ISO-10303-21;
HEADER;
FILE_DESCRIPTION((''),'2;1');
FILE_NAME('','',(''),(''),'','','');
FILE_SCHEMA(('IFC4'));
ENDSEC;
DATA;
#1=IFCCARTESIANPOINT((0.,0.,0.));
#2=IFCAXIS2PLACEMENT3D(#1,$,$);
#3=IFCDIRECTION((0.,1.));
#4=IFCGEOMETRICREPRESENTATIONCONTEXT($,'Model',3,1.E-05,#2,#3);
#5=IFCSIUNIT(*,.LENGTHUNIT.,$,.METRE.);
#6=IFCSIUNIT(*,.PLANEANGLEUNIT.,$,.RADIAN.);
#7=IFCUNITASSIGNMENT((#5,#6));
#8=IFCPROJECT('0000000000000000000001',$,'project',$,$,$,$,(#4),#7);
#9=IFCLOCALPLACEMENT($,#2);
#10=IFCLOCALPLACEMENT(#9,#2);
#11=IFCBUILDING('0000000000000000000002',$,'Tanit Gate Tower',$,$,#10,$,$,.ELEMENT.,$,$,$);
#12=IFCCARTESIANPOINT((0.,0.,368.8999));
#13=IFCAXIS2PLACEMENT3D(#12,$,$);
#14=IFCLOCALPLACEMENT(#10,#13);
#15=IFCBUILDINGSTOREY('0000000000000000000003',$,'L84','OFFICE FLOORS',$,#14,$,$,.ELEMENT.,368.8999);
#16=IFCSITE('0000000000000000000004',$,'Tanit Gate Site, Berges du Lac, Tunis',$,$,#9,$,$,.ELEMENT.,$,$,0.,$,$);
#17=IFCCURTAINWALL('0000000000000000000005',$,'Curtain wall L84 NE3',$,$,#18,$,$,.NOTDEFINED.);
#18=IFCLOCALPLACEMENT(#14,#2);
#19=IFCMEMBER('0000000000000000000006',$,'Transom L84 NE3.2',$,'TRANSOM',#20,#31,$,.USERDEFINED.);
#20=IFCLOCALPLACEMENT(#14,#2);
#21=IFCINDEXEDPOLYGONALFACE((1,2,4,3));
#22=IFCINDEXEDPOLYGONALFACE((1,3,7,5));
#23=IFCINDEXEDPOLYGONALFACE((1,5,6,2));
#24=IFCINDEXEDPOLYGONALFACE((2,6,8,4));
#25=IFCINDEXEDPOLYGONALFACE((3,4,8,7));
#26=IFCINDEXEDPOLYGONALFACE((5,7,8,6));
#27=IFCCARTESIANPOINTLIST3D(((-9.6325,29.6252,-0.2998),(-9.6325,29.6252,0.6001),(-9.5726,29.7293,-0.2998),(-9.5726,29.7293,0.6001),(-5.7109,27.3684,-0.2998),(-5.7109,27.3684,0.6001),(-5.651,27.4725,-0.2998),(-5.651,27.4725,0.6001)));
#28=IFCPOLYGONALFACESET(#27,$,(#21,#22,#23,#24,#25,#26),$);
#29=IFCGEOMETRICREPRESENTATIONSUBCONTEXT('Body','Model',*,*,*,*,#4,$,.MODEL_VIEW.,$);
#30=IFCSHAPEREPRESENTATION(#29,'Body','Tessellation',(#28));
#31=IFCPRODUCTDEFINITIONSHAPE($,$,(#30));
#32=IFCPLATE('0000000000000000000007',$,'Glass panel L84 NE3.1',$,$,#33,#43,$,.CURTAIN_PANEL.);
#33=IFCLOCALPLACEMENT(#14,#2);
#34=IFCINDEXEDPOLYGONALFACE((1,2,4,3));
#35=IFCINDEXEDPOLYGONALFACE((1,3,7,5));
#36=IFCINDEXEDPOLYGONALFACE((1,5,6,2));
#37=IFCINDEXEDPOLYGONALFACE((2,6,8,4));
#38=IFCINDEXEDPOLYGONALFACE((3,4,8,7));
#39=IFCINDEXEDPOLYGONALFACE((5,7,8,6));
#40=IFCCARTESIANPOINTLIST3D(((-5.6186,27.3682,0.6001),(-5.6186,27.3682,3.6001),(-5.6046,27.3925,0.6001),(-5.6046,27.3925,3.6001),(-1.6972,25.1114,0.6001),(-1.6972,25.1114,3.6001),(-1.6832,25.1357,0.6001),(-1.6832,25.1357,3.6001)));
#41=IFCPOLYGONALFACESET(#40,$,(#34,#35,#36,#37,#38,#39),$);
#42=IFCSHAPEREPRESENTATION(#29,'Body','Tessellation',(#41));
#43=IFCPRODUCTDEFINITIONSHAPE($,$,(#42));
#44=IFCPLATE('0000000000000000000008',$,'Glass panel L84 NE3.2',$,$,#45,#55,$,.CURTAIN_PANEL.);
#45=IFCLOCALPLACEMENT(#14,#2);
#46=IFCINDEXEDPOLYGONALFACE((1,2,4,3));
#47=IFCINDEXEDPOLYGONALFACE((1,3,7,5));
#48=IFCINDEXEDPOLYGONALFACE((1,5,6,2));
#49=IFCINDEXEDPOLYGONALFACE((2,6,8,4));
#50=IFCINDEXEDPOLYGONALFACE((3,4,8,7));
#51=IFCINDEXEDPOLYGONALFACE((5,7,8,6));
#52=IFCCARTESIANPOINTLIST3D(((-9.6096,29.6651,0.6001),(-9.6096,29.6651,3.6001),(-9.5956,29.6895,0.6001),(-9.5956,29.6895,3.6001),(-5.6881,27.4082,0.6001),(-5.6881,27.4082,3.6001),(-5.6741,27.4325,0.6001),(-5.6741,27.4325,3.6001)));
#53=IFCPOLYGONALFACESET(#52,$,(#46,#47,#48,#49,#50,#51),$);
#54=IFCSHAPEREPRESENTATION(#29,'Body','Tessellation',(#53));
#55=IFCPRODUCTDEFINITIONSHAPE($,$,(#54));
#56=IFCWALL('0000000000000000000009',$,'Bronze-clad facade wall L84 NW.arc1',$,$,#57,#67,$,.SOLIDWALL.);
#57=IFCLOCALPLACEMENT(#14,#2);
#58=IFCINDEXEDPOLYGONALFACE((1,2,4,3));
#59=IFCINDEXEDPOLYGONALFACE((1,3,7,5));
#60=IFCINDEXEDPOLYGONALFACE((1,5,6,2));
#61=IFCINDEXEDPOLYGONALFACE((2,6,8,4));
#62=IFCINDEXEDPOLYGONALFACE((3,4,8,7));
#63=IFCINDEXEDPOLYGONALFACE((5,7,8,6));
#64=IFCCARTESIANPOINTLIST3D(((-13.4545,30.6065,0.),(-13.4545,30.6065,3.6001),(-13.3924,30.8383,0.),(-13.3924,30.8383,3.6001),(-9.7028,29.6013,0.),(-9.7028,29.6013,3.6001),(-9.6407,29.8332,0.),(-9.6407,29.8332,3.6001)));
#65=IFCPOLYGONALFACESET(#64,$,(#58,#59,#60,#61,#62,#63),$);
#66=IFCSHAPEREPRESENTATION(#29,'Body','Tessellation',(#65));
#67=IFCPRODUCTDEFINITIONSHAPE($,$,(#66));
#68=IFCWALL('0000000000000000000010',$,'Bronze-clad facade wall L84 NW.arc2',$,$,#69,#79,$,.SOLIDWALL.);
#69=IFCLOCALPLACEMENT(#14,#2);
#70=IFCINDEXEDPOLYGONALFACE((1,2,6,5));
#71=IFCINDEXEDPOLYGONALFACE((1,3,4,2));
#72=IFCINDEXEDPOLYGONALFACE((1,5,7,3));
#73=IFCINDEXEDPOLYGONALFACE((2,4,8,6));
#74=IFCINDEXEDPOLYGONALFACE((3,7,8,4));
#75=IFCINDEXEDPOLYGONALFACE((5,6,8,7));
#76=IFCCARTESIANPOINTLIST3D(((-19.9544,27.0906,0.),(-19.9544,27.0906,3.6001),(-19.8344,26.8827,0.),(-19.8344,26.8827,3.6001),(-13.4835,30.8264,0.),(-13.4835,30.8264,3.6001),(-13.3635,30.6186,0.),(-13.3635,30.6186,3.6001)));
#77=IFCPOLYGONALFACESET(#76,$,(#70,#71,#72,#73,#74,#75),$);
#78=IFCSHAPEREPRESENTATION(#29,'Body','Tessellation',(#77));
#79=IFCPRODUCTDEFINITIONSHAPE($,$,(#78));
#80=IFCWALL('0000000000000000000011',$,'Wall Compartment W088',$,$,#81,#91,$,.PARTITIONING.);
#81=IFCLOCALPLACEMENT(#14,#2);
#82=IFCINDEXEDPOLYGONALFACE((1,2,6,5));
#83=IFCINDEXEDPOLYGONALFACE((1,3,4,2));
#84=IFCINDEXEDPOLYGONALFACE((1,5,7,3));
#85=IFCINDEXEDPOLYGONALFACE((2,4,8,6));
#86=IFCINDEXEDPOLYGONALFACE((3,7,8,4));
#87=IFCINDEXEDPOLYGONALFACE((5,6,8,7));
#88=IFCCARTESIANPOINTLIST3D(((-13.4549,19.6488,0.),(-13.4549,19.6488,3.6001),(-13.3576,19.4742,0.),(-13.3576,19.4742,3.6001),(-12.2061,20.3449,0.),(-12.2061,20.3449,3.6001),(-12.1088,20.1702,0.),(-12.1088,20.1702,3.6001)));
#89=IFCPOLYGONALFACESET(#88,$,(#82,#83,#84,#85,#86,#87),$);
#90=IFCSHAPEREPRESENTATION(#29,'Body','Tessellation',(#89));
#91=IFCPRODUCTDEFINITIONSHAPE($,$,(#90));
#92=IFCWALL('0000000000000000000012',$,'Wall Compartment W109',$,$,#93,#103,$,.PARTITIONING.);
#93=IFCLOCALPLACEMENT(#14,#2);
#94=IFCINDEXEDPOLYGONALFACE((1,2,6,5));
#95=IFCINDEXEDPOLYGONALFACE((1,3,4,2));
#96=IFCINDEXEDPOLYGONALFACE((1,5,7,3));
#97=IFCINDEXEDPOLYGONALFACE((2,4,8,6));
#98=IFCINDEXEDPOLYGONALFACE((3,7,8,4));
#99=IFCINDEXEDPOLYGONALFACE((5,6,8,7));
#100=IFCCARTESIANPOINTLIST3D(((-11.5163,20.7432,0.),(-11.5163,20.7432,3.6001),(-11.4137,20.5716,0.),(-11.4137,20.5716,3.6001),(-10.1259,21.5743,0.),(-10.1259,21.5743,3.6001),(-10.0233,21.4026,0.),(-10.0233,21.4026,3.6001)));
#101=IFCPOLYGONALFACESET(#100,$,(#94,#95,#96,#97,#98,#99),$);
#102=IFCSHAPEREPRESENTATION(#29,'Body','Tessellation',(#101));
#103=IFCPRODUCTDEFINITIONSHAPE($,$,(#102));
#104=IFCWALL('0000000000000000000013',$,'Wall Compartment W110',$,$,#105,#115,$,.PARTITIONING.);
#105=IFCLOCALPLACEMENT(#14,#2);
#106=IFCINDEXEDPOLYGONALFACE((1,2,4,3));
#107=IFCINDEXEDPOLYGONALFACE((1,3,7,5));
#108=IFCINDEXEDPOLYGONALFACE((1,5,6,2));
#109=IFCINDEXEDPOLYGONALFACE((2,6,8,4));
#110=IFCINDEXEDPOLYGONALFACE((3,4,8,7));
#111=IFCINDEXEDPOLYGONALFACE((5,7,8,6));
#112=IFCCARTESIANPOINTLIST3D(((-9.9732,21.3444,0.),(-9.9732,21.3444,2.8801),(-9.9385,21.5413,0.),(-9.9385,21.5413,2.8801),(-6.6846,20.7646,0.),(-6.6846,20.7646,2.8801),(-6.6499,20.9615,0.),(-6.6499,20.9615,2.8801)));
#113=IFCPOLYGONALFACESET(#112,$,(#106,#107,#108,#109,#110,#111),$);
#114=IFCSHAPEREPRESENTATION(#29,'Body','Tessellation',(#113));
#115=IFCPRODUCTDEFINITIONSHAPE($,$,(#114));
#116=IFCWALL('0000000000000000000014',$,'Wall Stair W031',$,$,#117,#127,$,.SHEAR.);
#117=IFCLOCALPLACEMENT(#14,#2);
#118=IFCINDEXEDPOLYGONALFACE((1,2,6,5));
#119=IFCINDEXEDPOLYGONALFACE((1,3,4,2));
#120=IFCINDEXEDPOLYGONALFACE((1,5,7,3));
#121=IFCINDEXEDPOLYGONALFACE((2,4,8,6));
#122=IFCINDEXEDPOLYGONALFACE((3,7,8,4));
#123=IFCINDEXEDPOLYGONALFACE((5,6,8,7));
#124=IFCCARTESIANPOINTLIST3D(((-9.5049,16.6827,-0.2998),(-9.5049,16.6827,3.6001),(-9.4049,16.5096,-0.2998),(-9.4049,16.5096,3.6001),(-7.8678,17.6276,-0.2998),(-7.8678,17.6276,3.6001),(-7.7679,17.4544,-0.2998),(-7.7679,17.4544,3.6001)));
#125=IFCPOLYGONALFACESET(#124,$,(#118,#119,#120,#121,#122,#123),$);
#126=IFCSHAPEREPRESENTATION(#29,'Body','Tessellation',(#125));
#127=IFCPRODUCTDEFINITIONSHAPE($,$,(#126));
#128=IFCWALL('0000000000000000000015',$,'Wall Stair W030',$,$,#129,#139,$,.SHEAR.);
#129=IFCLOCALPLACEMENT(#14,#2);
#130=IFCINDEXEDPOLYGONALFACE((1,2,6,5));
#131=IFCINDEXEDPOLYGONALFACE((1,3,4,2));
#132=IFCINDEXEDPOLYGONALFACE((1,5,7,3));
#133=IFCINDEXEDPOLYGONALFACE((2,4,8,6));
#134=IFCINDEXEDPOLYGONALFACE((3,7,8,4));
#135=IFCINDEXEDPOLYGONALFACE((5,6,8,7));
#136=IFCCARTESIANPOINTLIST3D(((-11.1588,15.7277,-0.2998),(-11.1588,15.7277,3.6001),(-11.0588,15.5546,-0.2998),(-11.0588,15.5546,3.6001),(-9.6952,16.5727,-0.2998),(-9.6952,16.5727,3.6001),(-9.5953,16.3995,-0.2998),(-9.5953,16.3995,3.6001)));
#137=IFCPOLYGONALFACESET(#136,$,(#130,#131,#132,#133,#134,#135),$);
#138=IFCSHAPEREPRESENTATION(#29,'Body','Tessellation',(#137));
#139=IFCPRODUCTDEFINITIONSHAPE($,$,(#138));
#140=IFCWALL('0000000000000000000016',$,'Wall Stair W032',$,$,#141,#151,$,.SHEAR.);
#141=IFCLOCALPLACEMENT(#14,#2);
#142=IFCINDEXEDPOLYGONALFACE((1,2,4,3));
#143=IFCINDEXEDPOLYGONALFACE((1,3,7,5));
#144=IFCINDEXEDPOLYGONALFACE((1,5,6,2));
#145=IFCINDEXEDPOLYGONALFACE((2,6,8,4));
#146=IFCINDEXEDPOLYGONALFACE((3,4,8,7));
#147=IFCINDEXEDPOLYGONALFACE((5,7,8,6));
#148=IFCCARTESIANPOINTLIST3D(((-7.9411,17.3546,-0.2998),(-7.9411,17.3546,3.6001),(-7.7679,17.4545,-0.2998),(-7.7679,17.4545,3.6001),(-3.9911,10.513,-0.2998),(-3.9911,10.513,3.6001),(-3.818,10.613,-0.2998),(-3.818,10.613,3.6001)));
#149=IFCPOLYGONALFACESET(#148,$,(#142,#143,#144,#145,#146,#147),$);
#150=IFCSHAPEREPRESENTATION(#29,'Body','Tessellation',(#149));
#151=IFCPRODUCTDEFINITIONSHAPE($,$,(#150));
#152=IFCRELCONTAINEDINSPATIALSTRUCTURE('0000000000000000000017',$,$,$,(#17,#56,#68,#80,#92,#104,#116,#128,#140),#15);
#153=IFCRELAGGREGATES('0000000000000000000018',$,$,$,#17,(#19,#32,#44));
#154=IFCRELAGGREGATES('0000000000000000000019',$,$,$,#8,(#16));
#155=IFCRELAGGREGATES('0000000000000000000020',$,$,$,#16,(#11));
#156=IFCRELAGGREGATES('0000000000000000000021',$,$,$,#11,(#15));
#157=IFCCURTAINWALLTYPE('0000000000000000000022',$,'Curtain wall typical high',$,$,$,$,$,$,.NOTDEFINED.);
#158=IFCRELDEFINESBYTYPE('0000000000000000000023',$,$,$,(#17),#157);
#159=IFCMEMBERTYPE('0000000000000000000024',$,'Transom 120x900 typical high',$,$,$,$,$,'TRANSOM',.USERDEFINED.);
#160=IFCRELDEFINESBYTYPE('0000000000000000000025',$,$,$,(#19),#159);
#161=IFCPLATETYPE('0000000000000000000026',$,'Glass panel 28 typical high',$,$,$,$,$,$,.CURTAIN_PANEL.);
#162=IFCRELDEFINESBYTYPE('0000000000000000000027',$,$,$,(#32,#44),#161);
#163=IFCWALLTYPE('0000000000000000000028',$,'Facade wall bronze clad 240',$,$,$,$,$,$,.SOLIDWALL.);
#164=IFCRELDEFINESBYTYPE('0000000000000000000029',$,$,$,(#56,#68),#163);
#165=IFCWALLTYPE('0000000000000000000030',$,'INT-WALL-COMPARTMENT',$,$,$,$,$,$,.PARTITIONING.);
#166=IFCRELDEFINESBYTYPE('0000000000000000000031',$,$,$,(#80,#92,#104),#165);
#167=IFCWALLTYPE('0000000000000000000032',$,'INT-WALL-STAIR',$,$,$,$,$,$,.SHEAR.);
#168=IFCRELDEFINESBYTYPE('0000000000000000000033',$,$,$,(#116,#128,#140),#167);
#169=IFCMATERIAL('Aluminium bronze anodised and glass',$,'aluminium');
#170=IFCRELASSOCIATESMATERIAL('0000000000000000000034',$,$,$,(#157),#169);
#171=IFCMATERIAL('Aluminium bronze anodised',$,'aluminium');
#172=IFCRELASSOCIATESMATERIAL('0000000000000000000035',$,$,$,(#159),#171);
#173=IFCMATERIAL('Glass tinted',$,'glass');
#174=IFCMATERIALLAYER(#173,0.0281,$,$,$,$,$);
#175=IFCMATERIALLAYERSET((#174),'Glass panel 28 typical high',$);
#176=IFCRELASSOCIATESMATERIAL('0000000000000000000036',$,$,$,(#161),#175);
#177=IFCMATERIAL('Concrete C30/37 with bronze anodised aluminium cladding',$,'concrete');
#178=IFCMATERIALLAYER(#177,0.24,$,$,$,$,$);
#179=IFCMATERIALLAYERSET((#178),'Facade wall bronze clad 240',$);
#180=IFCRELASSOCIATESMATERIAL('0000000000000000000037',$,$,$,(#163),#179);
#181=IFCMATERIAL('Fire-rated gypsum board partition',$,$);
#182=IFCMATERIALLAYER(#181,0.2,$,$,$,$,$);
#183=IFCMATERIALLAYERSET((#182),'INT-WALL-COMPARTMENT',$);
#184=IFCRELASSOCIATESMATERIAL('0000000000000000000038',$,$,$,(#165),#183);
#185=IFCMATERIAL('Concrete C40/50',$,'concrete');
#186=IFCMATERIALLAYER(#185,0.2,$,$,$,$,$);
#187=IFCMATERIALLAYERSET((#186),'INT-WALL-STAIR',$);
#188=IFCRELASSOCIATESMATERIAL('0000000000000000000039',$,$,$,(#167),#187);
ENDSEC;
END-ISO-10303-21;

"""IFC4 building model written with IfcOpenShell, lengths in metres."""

from ifc_helpers import new_model, si_unit, direction, frame, frame_2d, origin, origin_2d, place, context, subcontext, project, spatial, rectangle, extrude, material, layer, layer_set, material_profile, profile_set, type_object, element, aggregate, save


model = new_model("IFC4")

# Units and contexts
model_context = context("Model", 3, precision=1e-05, world=origin(), true_north=direction((0.0, 1.0)))
body_context = subcontext(model_context, "Body", "Model", "MODEL_VIEW")
ifc_project = project(units=[si_unit("LENGTHUNIT", "METRE"), si_unit("PLANEANGLEUNIT", "RADIAN")], contexts=[model_context])

# Site, building, storey
site_placement = place(None, origin())
site = spatial("IfcSite", under=ifc_project, at=site_placement, Name="Tanit Gate Site, Berges du Lac, Tunis", CompositionType="ELEMENT", RefElevation=0.0)
building_placement = place(site_placement, origin())
building = spatial("IfcBuilding", under=site, at=building_placement, Name="Tanit Gate Tower", CompositionType="ELEMENT")
storey_placement = place(building_placement, frame((0.0, 0.0, 368.8999)))
storey = spatial("IfcBuildingStorey", under=building, at=storey_placement, Name="L84", Description="OFFICE FLOORS", CompositionType="ELEMENT", Elevation=368.8999)

# Curtain wall
ifc_material_1 = material(Name="Aluminium bronze anodised and glass", Category="aluminium")
curtain_wall_type = type_object("IfcCurtainWallType", Name="Curtain wall typical high", PredefinedType="NOTDEFINED", material=ifc_material_1)
curtain_wall_placement = place(storey_placement, origin())
curtain_wall = element("IfcCurtainWall", 1, at=curtain_wall_placement, inside=storey, type_object=curtain_wall_type, Name="Curtain wall L84 NE3", PredefinedType="NOTDEFINED")

# Member
ifc_material_2 = material(Name="Aluminium bronze anodised", Category="aluminium")
ifc_material_profile_1 = material_profile(ifc_material_2, rectangle(XDim=0.1201, YDim=0.8999, at=origin_2d()), Name="120x900 bronze transom")
ifc_profile_set_1 = profile_set([ifc_material_profile_1], Name="Aluminium bronze anodised")
member_type_1 = type_object("IfcMemberType", Name="Transom 120x900 typical high", ElementType="TRANSOM", PredefinedType="USERDEFINED", material=ifc_profile_set_1)
member_1_placement = place(storey_placement, frame((-5.6809, 27.4204, 0.1501), z_axis=(-0.866725, 0.498786, 0.0), x_axis=(-0.498786, -0.866725, 0.0)))
member_1 = element("IfcMember", 2, at=member_1_placement, type_object=member_type_1, Name="Transom L84 NE3.2", ObjectType="TRANSOM", PredefinedType="USERDEFINED", context=body_context, shape_type="SweptSolid", body=[
    extrude(rectangle(XDim=0.1201, YDim=0.8999, at=origin_2d()), origin(), (0.0, 0.0, 1.0), 4.5247),
])

# Plates
ifc_material_3 = material(Name="Glass tinted", Category="glass")
ifc_layer_1 = layer(ifc_material_3, 0.0281)
ifc_layer_set_1 = layer_set([ifc_layer_1], Name="Glass panel 28 typical high")
plate_type = type_object("IfcPlateType", Name="Glass panel 28 typical high", PredefinedType="CURTAIN_PANEL", material=ifc_layer_set_1)
plate_1_placement = place(storey_placement, frame((-3.6509, 26.252, 0.6001), z_axis=(0.0, 0.0, 1.0), x_axis=(-0.86671, 0.498812, 0.0)))
plate_1 = element("IfcPlate", 3, at=plate_1_placement, type_object=plate_type, Name="Glass panel L84 NE3.1", PredefinedType="CURTAIN_PANEL", context=body_context, shape_type="SweptSolid", body=[
    extrude(rectangle(XDim=4.5244, YDim=0.0281, at=origin_2d()), origin(), (0.0, 0.0, 1.0), 3.0),
])
plate_2_placement = place(storey_placement, frame((-7.6418, 28.5488, 0.6001), z_axis=(0.0, 0.0, 1.0), x_axis=(-0.86671, 0.498812, 0.0)))
plate_2 = element("IfcPlate", 4, at=plate_2_placement, type_object=plate_type, Name="Glass panel L84 NE3.2", PredefinedType="CURTAIN_PANEL", context=body_context, shape_type="SweptSolid", body=[
    extrude(rectangle(XDim=4.5247, YDim=0.0281, at=origin_2d()), origin(), (0.0, 0.0, 1.0), 3.0),
])
aggregate(curtain_wall, [member_1, plate_1, plate_2])

# Walls
ifc_material_4 = material(Name="Concrete C30/37 with bronze anodised aluminium cladding", Category="concrete")
ifc_layer_2 = layer(ifc_material_4, 0.24)
ifc_layer_set_2 = layer_set([ifc_layer_2], Name="Facade wall bronze clad 240")
wall_type_1 = type_object("IfcWallType", Name="Facade wall bronze clad 240", PredefinedType="SOLIDWALL", material=ifc_layer_set_2)
wall_1_placement = place(storey_placement, frame((-9.6719, 29.7173, 0.0), z_axis=(0.0, 0.0, 1.0), x_axis=(-0.965935, 0.258785, 0.0)))
element("IfcWall", 5, at=wall_1_placement, inside=storey, type_object=wall_type_1, Name="Bronze-clad facade wall L84 NW.arc1", PredefinedType="SOLIDWALL", context=body_context, shape_type="SweptSolid", body=[
    extrude(rectangle(XDim=3.884, YDim=0.24, at=frame_2d((1.9419, 0.0))), origin(), (0.0, 0.0, 1.0), 3.6001),
])
wall_2_placement = place(storey_placement, frame((-13.4236, 30.7224, 0.0), z_axis=(0.0, 0.0, 1.0), x_axis=(-0.866035, -0.499984, 0.0)))
element("IfcWall", 6, at=wall_2_placement, inside=storey, type_object=wall_type_1, Name="Bronze-clad facade wall L84 NW.arc2", PredefinedType="SOLIDWALL", context=body_context, shape_type="SweptSolid", body=[
    extrude(rectangle(XDim=7.4719, YDim=0.24, at=frame_2d((3.7358, 0.0))), origin(), (0.0, 0.0, 1.0), 3.6001),
])
ifc_material_5 = material(Name="Fire-rated gypsum board partition")
ifc_layer_3 = layer(ifc_material_5, 0.2)
ifc_layer_set_3 = layer_set([ifc_layer_3], Name="INT-WALL-COMPARTMENT")
wall_type_2 = type_object("IfcWallType", Name="INT-WALL-COMPARTMENT", PredefinedType="PARTITIONING", material=ifc_layer_set_3)
wall_3_placement = place(storey_placement, frame((-12.1575, 20.2576, 0.0), z_axis=(0.0, 0.0, 1.0), x_axis=(-0.87348, -0.48686, 0.0)))
element("IfcWall", 7, at=wall_3_placement, inside=storey, type_object=wall_type_2, Name="Wall Compartment W088", PredefinedType="PARTITIONING", context=body_context, shape_type="SweptSolid", body=[
    extrude(rectangle(XDim=1.4297, YDim=0.2, at=frame_2d((0.7148, 0.0))), origin(), (0.0, 0.0, 1.0), 3.6001),
])
wall_4_placement = place(storey_placement, frame((-10.0745, 21.4885, 0.0), z_axis=(0.0, 0.0, 1.0), x_axis=(-0.858356, -0.513054, 0.0)))
element("IfcWall", 8, at=wall_4_placement, inside=storey, type_object=wall_type_2, Name="Wall Compartment W109", PredefinedType="PARTITIONING", context=body_context, shape_type="SweptSolid", body=[
    extrude(rectangle(XDim=1.6199, YDim=0.2, at=frame_2d((0.8101, 0.0))), origin(), (0.0, 0.0, 1.0), 3.6001),
])
wall_5_placement = place(storey_placement, frame((-6.6672, 20.863, 0.0), z_axis=(0.0, 0.0, 1.0), x_axis=(-0.984809, 0.173639, 0.0)))
element("IfcWall", 9, at=wall_5_placement, inside=storey, type_object=wall_type_2, Name="Wall Compartment W110", PredefinedType="PARTITIONING", context=body_context, shape_type="SweptSolid", body=[
    extrude(rectangle(XDim=3.3394, YDim=0.2, at=frame_2d((1.6697, 0.0))), origin(), (0.0, 0.0, 1.0), 2.8801),
])
ifc_material_6 = material(Name="Concrete C40/50", Category="concrete")
ifc_layer_4 = layer(ifc_material_6, 0.2)
ifc_layer_set_4 = layer_set([ifc_layer_4], Name="INT-WALL-STAIR")
wall_type_3 = type_object("IfcWallType", Name="INT-WALL-STAIR", PredefinedType="SHEAR", material=ifc_layer_set_4)
wall_6_placement = place(storey_placement, frame((-7.8179, 17.541, -0.2998), z_axis=(0.0, 0.0, 1.0), x_axis=(-0.866089, -0.49989, 0.0)))
element("IfcWall", 10, at=wall_6_placement, inside=storey, type_object=wall_type_3, Name="Wall Stair W031", PredefinedType="SHEAR", context=body_context, shape_type="SweptSolid", body=[
    extrude(rectangle(XDim=1.8901, YDim=0.2, at=frame_2d((0.9451, 0.0))), origin(), (0.0, 0.0, 1.0), 3.8999),
])
wall_7_placement = place(storey_placement, frame((-9.6453, 16.4861, -0.2998), z_axis=(0.0, 0.0, 1.0), x_axis=(-0.866039, -0.499977, 0.0)))
element("IfcWall", 11, at=wall_7_placement, inside=storey, type_object=wall_type_3, Name="Wall Stair W030", PredefinedType="SHEAR", context=body_context, shape_type="SweptSolid", body=[
    extrude(rectangle(XDim=1.6899, YDim=0.2, at=frame_2d((0.845, 0.0))), origin(), (0.0, 0.0, 1.0), 3.8999),
])
wall_8_placement = place(storey_placement, frame((-7.8545, 17.4045, -0.2998), z_axis=(0.0, 0.0, 1.0), x_axis=(0.499998, -0.866027, 0.0)))
element("IfcWall", 12, at=wall_8_placement, inside=storey, type_object=wall_type_3, Name="Wall Stair W032", PredefinedType="SHEAR", context=body_context, shape_type="SweptSolid", body=[
    extrude(rectangle(XDim=7.8999, YDim=0.2, at=frame_2d((3.95, 0.0))), origin(), (0.0, 0.0, 1.0), 3.8999),
])

save(model, "model.ifc")
